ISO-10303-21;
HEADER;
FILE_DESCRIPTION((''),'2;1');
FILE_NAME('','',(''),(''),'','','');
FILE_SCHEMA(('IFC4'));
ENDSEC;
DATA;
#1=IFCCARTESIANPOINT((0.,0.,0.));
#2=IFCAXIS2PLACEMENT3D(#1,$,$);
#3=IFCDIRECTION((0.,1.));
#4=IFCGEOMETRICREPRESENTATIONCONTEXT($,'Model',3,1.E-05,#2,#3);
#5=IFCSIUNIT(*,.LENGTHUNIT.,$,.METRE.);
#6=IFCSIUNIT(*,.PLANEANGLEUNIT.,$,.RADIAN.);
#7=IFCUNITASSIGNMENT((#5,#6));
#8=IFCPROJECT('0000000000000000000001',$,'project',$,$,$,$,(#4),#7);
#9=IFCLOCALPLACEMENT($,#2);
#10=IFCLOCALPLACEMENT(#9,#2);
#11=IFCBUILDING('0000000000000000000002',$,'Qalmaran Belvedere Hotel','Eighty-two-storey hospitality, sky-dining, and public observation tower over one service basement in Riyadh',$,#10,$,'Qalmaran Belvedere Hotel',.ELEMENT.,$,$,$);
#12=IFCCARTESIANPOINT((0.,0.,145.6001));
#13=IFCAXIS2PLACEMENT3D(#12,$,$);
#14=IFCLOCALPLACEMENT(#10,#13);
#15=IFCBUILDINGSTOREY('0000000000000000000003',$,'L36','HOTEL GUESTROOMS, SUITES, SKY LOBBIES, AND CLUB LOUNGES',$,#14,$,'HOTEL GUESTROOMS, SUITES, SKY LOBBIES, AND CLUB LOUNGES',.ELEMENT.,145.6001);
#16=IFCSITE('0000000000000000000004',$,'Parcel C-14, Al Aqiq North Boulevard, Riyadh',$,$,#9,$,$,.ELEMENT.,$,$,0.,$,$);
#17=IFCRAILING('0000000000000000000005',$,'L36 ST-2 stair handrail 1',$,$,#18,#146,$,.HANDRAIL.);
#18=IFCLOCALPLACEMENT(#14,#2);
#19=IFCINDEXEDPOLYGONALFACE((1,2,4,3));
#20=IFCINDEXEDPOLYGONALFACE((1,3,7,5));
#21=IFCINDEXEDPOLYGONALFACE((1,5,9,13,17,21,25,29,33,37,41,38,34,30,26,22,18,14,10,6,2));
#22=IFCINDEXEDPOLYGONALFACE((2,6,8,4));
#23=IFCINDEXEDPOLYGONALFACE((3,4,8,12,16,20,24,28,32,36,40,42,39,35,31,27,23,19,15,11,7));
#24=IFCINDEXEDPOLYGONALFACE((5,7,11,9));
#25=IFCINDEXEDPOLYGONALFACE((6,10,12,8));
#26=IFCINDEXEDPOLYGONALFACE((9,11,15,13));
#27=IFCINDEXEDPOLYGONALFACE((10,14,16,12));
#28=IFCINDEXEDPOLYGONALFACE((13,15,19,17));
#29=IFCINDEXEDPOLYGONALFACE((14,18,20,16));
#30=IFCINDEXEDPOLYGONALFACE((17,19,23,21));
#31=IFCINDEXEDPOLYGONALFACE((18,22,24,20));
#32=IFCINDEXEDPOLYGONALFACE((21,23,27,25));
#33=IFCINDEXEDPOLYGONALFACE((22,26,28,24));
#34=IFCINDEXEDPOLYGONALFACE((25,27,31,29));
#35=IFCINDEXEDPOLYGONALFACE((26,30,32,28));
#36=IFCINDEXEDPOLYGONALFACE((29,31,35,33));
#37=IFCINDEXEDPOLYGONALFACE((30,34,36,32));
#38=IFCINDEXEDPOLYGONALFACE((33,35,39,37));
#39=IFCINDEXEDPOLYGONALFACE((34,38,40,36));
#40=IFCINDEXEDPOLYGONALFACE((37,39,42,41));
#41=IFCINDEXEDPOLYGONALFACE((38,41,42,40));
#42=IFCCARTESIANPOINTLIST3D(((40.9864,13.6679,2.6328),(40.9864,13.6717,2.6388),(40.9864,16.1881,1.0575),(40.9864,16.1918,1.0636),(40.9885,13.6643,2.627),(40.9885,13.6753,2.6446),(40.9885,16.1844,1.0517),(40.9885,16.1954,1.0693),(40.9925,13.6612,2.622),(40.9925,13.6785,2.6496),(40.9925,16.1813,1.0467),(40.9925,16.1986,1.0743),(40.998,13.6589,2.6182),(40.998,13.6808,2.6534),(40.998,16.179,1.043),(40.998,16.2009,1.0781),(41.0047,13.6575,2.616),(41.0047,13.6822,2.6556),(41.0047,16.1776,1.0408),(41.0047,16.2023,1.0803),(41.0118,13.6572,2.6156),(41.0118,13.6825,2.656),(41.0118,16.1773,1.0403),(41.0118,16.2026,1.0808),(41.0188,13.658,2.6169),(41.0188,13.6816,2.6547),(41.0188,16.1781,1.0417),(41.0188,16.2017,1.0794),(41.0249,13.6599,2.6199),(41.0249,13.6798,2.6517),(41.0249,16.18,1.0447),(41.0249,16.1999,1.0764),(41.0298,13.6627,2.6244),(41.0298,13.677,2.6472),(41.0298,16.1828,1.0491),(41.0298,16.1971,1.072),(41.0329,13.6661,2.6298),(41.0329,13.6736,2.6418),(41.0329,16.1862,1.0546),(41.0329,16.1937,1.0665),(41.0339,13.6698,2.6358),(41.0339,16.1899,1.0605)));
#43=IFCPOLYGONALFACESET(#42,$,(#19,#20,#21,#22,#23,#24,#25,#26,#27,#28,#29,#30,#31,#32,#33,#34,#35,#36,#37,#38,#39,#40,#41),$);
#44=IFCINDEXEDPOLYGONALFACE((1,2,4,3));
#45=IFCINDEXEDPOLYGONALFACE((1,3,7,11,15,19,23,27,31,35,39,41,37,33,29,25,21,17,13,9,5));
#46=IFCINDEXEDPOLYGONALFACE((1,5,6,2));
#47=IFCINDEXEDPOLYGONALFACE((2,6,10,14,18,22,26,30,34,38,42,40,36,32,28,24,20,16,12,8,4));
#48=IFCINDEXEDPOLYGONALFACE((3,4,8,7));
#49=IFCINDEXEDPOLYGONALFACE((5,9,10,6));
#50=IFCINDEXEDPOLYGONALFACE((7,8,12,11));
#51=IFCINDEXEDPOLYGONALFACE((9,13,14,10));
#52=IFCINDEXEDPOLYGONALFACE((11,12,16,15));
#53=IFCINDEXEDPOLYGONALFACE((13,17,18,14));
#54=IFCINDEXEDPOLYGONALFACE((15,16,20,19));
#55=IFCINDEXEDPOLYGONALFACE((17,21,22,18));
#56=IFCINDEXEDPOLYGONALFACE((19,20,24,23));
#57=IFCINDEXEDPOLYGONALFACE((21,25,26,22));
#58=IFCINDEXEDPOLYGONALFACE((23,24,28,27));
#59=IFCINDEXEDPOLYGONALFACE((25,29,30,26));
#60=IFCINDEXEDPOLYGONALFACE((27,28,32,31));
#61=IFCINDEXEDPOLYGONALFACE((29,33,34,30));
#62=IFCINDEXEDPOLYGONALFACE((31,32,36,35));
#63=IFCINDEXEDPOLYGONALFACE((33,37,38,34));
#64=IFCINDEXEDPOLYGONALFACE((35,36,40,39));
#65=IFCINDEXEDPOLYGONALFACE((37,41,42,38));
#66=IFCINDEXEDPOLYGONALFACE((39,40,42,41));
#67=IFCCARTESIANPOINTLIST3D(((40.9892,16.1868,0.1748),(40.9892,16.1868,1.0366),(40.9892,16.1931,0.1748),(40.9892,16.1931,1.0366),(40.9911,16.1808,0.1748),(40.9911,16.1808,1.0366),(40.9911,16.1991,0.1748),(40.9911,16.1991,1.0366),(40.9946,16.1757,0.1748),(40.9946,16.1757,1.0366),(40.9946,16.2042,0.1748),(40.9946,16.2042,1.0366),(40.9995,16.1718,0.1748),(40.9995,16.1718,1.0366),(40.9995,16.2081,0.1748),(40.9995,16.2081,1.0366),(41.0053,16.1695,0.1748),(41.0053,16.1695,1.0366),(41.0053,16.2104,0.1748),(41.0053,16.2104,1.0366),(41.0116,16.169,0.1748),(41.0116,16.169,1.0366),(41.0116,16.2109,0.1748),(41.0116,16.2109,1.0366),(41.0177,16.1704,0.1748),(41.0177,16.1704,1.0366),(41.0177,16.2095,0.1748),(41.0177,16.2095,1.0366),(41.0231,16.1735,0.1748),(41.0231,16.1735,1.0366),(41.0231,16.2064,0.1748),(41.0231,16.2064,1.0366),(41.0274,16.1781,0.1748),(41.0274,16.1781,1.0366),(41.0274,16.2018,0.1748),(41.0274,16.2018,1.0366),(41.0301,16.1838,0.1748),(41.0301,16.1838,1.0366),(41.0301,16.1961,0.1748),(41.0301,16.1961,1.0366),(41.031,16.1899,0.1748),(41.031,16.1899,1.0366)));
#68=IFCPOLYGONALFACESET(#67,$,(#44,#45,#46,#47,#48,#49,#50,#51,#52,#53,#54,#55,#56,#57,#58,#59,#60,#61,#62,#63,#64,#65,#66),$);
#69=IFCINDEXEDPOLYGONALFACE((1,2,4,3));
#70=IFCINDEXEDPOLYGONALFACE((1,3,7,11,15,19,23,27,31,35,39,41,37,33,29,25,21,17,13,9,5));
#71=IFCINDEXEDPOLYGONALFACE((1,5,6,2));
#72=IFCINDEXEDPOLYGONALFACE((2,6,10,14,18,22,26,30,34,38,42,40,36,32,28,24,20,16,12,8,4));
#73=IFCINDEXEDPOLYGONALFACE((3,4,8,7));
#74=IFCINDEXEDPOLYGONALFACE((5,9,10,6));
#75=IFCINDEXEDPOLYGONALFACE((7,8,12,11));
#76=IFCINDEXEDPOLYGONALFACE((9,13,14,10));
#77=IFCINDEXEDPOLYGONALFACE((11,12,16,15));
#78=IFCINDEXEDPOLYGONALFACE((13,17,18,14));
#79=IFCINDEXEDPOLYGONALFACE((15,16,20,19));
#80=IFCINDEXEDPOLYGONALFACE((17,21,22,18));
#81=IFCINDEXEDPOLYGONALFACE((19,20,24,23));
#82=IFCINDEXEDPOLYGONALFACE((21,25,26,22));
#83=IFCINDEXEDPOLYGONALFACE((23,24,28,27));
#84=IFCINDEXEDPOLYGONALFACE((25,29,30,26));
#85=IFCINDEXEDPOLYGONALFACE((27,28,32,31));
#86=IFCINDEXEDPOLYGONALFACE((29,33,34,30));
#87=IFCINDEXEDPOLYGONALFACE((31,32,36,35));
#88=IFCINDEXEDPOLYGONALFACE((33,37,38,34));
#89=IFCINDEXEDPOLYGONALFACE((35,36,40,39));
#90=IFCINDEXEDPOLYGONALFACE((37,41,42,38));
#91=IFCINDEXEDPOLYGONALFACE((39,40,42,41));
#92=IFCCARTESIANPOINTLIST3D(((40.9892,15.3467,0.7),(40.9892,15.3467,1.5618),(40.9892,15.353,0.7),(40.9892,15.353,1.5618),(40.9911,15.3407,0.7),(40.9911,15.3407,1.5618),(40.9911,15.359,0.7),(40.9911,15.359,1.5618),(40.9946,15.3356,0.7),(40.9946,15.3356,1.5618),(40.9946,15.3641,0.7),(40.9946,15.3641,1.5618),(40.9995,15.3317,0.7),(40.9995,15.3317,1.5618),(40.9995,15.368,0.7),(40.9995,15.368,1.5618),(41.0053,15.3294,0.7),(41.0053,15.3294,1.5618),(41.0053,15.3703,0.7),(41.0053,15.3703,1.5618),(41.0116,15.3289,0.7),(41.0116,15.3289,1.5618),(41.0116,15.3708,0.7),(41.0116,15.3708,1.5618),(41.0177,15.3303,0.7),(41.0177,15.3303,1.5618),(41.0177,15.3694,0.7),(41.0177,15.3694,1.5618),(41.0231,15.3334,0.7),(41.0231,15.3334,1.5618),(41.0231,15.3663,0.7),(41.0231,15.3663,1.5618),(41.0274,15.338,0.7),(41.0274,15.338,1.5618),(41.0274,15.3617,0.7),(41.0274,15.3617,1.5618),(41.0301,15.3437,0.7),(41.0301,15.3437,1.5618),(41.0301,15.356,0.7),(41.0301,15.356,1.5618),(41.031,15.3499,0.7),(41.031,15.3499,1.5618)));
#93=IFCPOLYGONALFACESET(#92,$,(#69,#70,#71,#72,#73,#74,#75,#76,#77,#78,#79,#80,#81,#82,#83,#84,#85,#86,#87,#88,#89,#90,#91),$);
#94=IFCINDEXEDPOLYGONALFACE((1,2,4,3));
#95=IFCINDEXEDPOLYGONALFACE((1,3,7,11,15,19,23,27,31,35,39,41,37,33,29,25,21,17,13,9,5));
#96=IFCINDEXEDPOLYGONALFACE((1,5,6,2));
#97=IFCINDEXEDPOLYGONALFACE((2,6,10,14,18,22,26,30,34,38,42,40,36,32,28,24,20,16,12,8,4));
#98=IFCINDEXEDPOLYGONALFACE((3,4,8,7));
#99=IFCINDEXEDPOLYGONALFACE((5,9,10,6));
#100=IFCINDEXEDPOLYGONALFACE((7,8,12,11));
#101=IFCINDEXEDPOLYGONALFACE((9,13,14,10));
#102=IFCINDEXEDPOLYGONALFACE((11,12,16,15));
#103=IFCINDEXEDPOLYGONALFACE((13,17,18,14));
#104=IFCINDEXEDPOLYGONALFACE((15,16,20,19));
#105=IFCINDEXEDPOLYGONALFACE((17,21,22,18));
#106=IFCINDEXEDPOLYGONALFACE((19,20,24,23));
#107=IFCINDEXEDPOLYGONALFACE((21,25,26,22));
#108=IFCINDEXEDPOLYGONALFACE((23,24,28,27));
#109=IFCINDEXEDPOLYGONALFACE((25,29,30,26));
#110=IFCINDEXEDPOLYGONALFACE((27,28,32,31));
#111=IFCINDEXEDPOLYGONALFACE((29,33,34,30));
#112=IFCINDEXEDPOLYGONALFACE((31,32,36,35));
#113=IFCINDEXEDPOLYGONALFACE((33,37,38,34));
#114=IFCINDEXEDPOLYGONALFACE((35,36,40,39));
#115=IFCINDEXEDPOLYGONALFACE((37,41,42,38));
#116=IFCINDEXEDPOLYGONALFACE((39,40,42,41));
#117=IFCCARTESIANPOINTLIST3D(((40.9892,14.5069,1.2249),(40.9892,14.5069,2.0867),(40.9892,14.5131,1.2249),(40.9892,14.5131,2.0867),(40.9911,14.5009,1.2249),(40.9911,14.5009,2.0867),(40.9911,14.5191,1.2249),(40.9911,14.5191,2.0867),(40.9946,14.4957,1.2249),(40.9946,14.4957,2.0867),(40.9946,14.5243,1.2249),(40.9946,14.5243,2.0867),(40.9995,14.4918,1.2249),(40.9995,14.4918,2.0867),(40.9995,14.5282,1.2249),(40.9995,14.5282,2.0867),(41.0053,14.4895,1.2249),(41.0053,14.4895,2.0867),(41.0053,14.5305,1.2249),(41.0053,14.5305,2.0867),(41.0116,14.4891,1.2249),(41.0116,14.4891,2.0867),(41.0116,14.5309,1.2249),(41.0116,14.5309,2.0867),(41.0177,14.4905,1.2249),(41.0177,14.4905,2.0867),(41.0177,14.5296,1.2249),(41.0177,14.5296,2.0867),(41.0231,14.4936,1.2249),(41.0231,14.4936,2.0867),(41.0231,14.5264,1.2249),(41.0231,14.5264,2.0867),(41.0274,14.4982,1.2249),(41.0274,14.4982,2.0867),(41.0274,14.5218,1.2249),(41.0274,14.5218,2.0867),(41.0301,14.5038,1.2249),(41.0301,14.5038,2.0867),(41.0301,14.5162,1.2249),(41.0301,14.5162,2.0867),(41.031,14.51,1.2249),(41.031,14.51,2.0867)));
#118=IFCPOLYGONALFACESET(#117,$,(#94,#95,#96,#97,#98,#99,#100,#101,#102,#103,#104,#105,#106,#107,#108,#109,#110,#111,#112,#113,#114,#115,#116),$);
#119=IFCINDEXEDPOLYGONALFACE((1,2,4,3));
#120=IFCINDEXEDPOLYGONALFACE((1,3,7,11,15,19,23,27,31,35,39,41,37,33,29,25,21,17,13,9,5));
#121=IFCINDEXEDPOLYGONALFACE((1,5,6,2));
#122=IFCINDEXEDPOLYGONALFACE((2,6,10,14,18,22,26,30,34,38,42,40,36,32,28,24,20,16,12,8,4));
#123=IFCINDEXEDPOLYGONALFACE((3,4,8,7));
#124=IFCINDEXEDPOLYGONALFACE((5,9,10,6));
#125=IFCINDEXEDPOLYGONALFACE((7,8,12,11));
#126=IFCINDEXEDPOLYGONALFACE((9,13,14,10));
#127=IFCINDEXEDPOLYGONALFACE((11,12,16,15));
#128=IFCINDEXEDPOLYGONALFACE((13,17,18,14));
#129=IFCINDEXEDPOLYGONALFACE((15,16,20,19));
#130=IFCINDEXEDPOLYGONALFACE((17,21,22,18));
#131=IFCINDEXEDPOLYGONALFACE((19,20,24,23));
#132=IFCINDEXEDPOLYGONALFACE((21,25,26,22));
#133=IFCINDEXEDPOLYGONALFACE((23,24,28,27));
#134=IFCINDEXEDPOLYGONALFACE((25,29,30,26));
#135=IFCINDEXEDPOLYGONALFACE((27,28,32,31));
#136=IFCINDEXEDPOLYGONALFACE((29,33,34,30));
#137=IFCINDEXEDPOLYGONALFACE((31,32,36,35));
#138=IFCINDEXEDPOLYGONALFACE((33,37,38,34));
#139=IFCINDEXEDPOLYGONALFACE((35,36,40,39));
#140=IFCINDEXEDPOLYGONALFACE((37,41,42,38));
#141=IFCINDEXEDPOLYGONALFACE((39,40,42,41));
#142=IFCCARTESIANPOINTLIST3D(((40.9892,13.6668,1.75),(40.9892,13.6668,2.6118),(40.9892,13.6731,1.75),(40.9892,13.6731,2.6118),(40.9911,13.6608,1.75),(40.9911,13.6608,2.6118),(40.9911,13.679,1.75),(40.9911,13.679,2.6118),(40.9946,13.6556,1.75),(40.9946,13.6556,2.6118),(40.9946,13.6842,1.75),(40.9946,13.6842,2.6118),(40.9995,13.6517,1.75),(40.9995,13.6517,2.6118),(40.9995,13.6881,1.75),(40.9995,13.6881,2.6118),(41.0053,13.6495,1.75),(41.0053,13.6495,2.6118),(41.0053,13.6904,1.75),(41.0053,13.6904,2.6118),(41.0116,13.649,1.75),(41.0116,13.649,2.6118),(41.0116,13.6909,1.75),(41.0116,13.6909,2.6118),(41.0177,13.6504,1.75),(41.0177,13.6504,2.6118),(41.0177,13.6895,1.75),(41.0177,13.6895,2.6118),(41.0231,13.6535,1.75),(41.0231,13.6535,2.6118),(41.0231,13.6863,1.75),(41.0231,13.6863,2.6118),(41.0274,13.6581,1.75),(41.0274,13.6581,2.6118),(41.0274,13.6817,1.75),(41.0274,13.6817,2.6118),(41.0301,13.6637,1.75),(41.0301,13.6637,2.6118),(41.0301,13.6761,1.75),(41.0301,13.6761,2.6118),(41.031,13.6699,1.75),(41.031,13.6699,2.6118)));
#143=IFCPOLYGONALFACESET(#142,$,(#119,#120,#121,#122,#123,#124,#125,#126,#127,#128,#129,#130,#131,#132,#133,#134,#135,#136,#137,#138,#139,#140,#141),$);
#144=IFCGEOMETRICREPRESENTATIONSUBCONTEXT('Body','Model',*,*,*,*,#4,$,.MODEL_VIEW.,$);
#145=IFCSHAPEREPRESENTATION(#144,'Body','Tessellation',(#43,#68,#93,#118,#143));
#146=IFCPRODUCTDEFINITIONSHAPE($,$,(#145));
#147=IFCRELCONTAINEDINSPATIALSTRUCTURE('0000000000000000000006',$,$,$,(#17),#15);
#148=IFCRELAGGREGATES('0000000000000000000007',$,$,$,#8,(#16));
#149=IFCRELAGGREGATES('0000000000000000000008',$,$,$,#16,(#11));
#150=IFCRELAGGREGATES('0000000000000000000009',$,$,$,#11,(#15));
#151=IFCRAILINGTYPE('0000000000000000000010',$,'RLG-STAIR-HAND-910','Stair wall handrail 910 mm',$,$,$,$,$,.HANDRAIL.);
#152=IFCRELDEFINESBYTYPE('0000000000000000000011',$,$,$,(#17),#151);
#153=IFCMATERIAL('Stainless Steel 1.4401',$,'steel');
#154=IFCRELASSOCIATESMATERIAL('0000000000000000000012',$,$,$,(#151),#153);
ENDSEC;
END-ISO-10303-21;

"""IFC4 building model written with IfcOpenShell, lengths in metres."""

from ifc_helpers import new_model, si_unit, direction, frame, origin, origin_2d, place, context, subcontext, project, spatial, circle, extrude, material, type_object, element, save


model = new_model("IFC4")

# Units and contexts
model_context = context("Model", 3, precision=1e-05, world=origin(), true_north=direction((0.0, 1.0)))
body_context = subcontext(model_context, "Body", "Model", "MODEL_VIEW")
ifc_project = project(units=[si_unit("LENGTHUNIT", "METRE"), si_unit("PLANEANGLEUNIT", "RADIAN")], contexts=[model_context])

# Site, building, storey
site_placement = place(None, origin())
site = spatial("IfcSite", under=ifc_project, at=site_placement, Name="Parcel C-14, Al Aqiq North Boulevard, Riyadh", CompositionType="ELEMENT", RefElevation=0.0)
building_placement = place(site_placement, origin())
building = spatial("IfcBuilding", under=site, at=building_placement, Name="Qalmaran Belvedere Hotel", Description="Eighty-two-storey hospitality, sky-dining, and public observation tower over one service basement in Riyadh", LongName="Qalmaran Belvedere Hotel", CompositionType="ELEMENT")
storey_placement = place(building_placement, frame((0.0, 0.0, 145.6001)))
storey = spatial("IfcBuildingStorey", under=building, at=storey_placement, Name="L36", Description="HOTEL GUESTROOMS, SUITES, SKY LOBBIES, AND CLUB LOUNGES", LongName="HOTEL GUESTROOMS, SUITES, SKY LOBBIES, AND CLUB LOUNGES", CompositionType="ELEMENT", Elevation=145.6001)

# Shared definitions
ifc_material_1 = material(Name="Stainless Steel 1.4401", Category="steel")

# Railing
railing_type_1 = type_object("IfcRailingType", Name="RLG-STAIR-HAND-910", Description="Stair wall handrail 910 mm", PredefinedType="HANDRAIL", material=ifc_material_1)
railing_1_placement = place(storey_placement, frame((41.01, 16.1899, 0.1748)))
element("IfcRailing", 1, at=railing_1_placement, inside=storey, type_object=railing_type_1, Name="L36 ST-2 stair handrail 1", PredefinedType="HANDRAIL", context=body_context, shape_type="SweptSolid", body=[
    extrude(circle(Radius=0.0239, at=origin_2d()), frame((0.0, 0.0, 0.8857), z_axis=(0.0, -0.847971, 0.530043), x_axis=(1.0, 0.0, 0.0)), (0.0, 0.0, 1.0), 2.9719),
    extrude(circle(Radius=0.021, at=origin_2d()), origin(), (0.0, 0.0, 1.0), 0.8618),
    extrude(circle(Radius=0.021, at=origin_2d()), frame((0.0, -0.8401, 0.5251)), (0.0, 0.0, 1.0), 0.8618),
    extrude(circle(Radius=0.021, at=origin_2d()), frame((0.0, -1.6799, 1.05)), (0.0, 0.0, 1.0), 0.8618),
    extrude(circle(Radius=0.021, at=origin_2d()), frame((0.0, -2.52, 1.5752)), (0.0, 0.0, 1.0), 0.8618),
])

save(model, "model.ifc")
